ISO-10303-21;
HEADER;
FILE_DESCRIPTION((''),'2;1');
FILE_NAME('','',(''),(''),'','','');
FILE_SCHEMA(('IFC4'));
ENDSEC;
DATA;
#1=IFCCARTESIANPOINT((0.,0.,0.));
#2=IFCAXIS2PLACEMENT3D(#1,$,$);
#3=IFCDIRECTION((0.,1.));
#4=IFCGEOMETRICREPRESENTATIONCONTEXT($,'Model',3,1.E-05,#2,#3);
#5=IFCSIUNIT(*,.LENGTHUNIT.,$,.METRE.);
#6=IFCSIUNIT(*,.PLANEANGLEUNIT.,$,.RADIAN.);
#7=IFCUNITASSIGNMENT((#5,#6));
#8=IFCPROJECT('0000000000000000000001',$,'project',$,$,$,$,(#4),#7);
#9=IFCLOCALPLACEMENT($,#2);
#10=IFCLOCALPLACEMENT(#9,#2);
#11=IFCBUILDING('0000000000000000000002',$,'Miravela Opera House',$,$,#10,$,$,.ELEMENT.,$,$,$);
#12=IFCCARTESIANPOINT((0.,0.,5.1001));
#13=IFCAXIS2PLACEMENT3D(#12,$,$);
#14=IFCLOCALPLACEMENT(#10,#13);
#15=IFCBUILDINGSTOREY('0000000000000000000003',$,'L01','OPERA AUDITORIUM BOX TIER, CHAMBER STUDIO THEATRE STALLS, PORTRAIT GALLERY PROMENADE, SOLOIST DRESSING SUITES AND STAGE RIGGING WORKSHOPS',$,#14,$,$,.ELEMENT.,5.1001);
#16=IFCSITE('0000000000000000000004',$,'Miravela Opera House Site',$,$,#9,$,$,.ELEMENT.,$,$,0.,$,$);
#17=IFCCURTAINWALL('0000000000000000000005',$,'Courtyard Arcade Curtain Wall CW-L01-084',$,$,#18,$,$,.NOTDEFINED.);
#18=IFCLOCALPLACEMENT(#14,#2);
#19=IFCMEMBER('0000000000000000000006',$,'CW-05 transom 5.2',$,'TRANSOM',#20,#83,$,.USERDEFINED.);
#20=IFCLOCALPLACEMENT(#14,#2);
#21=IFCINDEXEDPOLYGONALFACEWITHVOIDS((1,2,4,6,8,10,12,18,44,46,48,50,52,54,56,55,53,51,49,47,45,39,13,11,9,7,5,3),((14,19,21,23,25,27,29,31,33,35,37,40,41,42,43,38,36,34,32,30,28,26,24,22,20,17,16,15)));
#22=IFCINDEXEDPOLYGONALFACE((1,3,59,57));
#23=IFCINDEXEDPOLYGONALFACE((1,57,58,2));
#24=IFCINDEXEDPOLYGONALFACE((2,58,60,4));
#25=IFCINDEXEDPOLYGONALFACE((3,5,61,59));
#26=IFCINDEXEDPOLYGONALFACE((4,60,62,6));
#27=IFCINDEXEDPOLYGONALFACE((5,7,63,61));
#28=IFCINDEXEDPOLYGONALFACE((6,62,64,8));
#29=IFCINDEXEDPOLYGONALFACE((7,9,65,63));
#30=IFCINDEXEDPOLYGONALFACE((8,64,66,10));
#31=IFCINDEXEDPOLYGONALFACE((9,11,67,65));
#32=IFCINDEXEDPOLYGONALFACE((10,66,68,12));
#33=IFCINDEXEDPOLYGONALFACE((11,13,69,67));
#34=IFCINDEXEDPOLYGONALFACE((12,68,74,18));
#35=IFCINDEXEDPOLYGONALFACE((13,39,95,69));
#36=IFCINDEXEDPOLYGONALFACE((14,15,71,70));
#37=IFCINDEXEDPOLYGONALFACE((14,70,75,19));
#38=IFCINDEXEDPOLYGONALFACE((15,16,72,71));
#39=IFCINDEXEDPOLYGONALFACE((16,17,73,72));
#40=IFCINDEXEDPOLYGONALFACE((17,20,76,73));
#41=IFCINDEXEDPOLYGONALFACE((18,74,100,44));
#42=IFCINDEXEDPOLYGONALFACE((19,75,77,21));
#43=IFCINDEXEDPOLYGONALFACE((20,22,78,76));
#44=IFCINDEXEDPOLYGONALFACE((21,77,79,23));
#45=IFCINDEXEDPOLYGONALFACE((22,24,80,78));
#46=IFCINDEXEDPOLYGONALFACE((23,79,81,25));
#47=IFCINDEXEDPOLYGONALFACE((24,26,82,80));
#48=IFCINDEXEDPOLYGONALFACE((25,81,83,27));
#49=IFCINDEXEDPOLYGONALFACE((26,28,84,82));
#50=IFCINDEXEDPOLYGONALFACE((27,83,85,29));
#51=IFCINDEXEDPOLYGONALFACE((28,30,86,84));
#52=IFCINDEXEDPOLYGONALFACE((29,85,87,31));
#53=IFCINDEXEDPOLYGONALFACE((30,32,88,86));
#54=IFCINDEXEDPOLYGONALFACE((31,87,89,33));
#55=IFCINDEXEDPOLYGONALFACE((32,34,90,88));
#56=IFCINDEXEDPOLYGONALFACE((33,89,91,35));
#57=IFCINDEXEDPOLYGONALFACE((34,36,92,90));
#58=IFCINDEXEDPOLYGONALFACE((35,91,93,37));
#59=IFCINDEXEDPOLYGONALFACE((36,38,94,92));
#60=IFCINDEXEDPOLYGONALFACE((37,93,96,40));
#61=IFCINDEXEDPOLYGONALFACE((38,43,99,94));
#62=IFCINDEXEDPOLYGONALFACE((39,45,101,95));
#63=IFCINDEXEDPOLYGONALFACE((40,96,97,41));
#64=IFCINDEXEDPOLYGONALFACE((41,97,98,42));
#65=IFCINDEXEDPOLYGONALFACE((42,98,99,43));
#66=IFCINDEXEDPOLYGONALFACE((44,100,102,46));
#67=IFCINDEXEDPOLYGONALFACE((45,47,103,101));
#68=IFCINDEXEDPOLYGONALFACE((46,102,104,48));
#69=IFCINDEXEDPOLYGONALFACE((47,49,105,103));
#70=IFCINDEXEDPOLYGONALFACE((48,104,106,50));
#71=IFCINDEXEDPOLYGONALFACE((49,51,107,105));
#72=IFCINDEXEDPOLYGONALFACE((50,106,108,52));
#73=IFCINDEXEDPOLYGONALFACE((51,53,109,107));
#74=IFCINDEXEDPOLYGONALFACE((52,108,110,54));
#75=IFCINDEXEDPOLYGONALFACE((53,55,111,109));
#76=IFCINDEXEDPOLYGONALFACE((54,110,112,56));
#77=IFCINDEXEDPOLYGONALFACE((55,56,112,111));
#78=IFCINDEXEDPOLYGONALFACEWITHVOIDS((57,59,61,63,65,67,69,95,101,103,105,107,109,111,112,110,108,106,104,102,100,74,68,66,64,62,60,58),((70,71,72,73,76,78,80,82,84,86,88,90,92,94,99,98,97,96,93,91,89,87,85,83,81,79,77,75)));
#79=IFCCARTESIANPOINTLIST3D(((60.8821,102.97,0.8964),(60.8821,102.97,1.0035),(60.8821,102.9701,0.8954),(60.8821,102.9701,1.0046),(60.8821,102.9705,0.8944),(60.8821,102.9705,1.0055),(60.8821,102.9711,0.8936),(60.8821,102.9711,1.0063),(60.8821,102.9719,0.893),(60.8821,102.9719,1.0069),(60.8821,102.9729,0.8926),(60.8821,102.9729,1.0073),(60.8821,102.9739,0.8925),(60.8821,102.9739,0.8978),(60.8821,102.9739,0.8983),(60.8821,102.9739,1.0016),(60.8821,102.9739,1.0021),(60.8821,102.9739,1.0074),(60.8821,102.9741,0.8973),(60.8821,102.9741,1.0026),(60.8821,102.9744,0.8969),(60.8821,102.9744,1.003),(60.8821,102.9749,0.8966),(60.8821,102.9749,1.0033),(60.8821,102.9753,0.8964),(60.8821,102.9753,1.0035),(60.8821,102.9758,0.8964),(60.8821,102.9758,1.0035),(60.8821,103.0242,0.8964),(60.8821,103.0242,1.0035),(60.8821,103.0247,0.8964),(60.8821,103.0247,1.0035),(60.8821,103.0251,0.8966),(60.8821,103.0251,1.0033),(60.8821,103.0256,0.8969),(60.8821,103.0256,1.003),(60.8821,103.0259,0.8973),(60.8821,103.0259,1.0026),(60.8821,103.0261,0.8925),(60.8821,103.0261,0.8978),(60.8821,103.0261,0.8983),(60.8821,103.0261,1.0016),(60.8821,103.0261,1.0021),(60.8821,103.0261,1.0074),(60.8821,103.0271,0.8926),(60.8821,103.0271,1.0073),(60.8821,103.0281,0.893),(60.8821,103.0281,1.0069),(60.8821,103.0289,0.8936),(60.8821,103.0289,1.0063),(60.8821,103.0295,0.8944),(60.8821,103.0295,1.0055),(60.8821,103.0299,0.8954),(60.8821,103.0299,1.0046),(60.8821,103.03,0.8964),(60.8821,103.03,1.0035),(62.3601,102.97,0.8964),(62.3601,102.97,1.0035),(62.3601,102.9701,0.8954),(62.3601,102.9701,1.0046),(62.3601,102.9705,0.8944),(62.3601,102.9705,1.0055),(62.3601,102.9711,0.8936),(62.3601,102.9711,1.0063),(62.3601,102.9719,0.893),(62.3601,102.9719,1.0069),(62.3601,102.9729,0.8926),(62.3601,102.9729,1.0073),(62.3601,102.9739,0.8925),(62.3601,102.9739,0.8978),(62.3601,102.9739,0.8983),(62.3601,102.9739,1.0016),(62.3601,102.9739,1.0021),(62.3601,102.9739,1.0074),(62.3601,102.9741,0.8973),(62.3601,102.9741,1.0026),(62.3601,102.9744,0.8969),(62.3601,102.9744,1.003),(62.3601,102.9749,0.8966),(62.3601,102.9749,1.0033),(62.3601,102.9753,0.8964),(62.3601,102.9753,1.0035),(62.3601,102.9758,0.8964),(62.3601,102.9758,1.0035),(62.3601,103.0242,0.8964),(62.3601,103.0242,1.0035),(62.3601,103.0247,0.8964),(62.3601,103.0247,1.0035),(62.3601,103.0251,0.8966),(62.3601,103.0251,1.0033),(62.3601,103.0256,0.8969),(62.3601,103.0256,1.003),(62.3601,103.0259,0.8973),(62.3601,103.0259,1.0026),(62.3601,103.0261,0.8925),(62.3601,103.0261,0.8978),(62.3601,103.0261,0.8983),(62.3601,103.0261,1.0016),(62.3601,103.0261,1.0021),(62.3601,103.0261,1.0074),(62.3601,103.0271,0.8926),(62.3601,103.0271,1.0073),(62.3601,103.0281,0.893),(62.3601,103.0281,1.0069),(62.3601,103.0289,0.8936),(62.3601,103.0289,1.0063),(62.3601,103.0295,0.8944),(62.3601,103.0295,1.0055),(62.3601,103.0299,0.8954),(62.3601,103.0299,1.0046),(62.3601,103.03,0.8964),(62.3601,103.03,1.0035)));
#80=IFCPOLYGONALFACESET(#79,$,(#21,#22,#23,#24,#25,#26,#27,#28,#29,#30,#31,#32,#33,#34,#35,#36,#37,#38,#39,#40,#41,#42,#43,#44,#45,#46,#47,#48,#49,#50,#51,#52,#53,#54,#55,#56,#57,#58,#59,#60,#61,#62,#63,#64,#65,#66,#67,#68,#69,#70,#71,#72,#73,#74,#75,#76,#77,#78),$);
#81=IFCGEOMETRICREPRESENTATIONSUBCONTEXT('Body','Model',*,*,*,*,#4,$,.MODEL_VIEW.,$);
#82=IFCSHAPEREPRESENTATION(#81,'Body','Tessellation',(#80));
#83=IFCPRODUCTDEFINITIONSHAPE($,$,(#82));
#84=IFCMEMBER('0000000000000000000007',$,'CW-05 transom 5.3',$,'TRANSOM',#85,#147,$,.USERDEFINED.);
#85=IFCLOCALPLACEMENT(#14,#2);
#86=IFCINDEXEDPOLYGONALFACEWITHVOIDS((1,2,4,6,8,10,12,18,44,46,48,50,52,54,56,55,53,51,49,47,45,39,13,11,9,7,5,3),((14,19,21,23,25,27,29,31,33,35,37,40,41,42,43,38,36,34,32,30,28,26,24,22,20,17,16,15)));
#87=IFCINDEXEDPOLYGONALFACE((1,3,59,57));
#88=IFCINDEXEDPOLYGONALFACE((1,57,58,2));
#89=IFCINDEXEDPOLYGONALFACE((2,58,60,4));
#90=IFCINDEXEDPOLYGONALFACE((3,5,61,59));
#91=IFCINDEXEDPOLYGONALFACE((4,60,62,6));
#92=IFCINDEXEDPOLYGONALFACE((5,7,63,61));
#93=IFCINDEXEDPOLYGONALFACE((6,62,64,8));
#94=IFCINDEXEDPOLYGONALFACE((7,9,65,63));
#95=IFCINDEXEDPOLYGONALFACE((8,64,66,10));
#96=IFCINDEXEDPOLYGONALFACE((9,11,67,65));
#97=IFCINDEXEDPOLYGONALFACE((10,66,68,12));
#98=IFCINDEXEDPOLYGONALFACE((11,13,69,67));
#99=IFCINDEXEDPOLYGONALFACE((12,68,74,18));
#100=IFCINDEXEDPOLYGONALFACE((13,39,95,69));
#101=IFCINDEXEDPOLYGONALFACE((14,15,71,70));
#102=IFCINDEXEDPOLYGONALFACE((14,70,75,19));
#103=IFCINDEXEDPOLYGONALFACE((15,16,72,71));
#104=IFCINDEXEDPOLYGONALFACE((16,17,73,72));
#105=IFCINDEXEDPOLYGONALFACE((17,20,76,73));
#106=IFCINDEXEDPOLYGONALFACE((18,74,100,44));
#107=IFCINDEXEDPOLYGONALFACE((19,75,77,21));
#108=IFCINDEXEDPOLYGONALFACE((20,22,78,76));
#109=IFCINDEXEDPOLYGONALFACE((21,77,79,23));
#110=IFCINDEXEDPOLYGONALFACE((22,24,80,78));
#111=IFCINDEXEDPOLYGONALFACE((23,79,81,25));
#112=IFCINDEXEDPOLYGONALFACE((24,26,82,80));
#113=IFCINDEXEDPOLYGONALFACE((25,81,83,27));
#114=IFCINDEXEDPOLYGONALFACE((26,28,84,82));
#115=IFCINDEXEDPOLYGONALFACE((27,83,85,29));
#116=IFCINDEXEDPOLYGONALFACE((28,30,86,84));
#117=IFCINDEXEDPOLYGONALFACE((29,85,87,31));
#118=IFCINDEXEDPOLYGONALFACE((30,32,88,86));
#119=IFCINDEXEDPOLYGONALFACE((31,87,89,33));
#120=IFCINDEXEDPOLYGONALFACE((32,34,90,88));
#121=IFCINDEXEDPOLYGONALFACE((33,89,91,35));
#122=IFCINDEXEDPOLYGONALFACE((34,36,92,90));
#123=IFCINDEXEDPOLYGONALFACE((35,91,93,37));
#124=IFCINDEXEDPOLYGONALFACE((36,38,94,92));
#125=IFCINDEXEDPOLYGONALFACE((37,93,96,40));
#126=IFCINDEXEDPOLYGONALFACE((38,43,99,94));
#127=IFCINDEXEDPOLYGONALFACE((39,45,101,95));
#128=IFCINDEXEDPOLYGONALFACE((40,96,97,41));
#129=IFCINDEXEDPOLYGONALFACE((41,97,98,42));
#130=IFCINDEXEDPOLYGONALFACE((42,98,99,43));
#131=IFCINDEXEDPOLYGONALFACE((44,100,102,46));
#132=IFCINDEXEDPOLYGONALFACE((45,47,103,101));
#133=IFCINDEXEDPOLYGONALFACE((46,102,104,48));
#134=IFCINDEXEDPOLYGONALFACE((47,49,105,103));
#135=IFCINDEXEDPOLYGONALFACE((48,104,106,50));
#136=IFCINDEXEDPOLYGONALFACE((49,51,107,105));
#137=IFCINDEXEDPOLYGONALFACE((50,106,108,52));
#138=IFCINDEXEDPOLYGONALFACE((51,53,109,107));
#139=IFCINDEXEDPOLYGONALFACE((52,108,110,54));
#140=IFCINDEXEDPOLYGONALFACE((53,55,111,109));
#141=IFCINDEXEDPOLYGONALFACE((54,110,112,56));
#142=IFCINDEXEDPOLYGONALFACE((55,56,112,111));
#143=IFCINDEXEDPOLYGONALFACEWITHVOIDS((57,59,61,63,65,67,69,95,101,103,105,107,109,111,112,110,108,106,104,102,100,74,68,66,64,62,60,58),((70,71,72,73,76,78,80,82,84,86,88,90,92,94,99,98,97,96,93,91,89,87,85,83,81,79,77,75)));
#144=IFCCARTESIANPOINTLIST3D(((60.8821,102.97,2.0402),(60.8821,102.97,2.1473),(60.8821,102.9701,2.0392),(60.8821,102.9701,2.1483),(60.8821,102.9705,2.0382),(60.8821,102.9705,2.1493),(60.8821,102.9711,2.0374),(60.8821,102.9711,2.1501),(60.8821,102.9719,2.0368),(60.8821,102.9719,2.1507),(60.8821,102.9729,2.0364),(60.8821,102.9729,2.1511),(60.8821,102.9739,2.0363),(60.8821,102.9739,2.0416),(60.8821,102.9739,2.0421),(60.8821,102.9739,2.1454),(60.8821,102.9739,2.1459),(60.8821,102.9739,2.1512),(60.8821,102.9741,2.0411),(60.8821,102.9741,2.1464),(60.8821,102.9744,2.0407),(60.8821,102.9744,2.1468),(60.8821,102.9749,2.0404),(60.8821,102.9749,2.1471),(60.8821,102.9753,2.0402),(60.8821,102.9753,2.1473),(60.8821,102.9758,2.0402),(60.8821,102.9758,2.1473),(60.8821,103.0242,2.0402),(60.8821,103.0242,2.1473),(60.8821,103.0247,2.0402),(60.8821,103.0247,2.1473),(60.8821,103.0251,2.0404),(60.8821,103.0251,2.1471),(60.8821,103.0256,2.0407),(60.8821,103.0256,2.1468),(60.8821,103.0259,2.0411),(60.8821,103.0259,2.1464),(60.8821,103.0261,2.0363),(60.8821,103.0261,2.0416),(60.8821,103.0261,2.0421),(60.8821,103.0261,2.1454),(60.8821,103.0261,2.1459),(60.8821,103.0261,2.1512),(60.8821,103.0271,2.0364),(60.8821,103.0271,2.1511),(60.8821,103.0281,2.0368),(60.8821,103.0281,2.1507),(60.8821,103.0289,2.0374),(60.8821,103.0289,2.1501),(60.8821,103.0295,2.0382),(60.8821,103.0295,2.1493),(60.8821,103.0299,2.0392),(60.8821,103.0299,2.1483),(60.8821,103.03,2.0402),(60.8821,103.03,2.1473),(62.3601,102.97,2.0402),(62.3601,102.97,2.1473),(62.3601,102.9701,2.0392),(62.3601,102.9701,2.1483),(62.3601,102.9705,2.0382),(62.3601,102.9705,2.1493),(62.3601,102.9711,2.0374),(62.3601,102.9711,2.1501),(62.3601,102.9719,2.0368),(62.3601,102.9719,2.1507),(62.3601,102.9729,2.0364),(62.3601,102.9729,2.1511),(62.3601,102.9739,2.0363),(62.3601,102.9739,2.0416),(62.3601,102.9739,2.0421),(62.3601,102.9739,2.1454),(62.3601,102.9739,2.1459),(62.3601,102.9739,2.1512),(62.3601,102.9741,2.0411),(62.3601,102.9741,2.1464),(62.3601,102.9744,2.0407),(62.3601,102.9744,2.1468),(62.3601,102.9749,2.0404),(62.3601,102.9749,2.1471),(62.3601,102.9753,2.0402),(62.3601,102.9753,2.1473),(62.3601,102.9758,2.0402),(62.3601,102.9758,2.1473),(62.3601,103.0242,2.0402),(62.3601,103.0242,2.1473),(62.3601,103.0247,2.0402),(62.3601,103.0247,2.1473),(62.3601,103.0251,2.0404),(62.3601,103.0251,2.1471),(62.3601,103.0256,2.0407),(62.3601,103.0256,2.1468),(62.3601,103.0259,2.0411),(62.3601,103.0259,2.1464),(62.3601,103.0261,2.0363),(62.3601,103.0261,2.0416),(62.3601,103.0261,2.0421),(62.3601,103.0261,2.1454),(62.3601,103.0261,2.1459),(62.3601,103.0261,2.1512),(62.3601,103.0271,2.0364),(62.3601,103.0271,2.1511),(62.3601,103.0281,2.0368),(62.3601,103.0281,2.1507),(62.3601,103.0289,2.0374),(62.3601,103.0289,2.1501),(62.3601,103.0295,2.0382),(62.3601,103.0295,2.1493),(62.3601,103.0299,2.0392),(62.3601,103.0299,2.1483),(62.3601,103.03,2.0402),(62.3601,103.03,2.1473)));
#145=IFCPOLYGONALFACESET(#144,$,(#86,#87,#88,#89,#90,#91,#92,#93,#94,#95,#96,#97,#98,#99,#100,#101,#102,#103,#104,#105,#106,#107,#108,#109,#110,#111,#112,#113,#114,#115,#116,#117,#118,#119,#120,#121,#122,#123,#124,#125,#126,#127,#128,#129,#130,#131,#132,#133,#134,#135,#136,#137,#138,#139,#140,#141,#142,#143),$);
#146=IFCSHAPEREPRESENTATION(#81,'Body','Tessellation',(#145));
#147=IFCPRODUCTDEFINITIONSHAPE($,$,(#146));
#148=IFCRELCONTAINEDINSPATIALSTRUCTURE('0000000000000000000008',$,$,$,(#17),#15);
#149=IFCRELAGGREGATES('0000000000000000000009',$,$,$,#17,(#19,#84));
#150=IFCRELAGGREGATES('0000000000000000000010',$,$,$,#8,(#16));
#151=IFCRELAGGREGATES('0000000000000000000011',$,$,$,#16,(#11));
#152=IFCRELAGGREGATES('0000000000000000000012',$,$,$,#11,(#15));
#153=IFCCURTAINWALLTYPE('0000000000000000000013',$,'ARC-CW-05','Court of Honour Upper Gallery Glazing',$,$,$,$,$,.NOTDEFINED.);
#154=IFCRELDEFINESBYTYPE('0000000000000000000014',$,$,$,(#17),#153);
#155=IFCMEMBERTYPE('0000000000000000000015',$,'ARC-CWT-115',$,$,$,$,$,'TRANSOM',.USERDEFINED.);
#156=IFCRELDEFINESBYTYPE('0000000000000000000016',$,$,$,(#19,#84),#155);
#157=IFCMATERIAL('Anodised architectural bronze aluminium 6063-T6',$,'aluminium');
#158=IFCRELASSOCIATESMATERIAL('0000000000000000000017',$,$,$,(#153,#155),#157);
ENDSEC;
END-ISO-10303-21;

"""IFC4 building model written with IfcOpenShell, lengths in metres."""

from ifc_helpers import new_model, si_unit, direction, frame, origin, origin_2d, place, context, subcontext, project, spatial, hollow_rectangle, extrude, material, material_profile, profile_set, type_object, element, aggregate, save


model = new_model("IFC4")

# Units and contexts
model_context = context("Model", 3, precision=1e-05, world=origin(), true_north=direction((0.0, 1.0)))
body_context = subcontext(model_context, "Body", "Model", "MODEL_VIEW")
ifc_project = project(units=[si_unit("LENGTHUNIT", "METRE"), si_unit("PLANEANGLEUNIT", "RADIAN")], contexts=[model_context])

# Site, building, storey
site_placement = place(None, origin())
site = spatial("IfcSite", under=ifc_project, at=site_placement, Name="Miravela Opera House Site", CompositionType="ELEMENT", RefElevation=0.0)
building_placement = place(site_placement, origin())
building = spatial("IfcBuilding", under=site, at=building_placement, Name="Miravela Opera House", CompositionType="ELEMENT")
storey_placement = place(building_placement, frame((0.0, 0.0, 5.1001)))
storey = spatial("IfcBuildingStorey", under=building, at=storey_placement, Name="L01", Description="OPERA AUDITORIUM BOX TIER, CHAMBER STUDIO THEATRE STALLS, PORTRAIT GALLERY PROMENADE, SOLOIST DRESSING SUITES AND STAGE RIGGING WORKSHOPS", CompositionType="ELEMENT", Elevation=5.1001)

# Curtain wall, members
ifc_material_1 = material(Name="Anodised architectural bronze aluminium 6063-T6", Category="aluminium")
curtain_wall_type = type_object("IfcCurtainWallType", Name="ARC-CW-05", Description="Court of Honour Upper Gallery Glazing", PredefinedType="NOTDEFINED", material=ifc_material_1)
curtain_wall_placement = place(storey_placement, origin())
curtain_wall = element("IfcCurtainWall", 1, at=curtain_wall_placement, inside=storey, type_object=curtain_wall_type, Name="Courtyard Arcade Curtain Wall CW-L01-084", PredefinedType="NOTDEFINED")
ifc_material_profile_1 = material_profile(ifc_material_1, hollow_rectangle(XDim=0.0601, YDim=0.115, WallThickness=0.0039, InnerFilletRadius=0.002, OuterFilletRadius=0.0039, at=origin_2d()), Name="CWT-60X115")
ifc_profile_set_1 = profile_set([ifc_material_profile_1])
member_type_1 = type_object("IfcMemberType", Name="ARC-CWT-115", ElementType="TRANSOM", PredefinedType="USERDEFINED", material=ifc_profile_set_1)
member_1_placement = place(storey_placement, frame((60.8821, 103.0, 0.95), z_axis=(1.0, 0.0, 0.0), x_axis=(0.0, 1.0, 0.0)))
member_1 = element("IfcMember", 2, at=member_1_placement, type_object=member_type_1, Name="CW-05 transom 5.2", ObjectType="TRANSOM", PredefinedType="USERDEFINED", context=body_context, shape_type="SweptSolid", body=[
    extrude(hollow_rectangle(XDim=0.0601, YDim=0.115, WallThickness=0.0039, InnerFilletRadius=0.002, OuterFilletRadius=0.0039, at=origin_2d()), origin(), (0.0, 0.0, 1.0), 1.478),
])
member_2_placement = place(storey_placement, frame((60.8821, 103.0, 2.0938), z_axis=(1.0, 0.0, 0.0), x_axis=(0.0, 1.0, 0.0)))
member_2 = element("IfcMember", 3, at=member_2_placement, type_object=member_type_1, Name="CW-05 transom 5.3", ObjectType="TRANSOM", PredefinedType="USERDEFINED", context=body_context, shape_type="SweptSolid", body=[
    extrude(hollow_rectangle(XDim=0.0601, YDim=0.115, WallThickness=0.0039, InnerFilletRadius=0.002, OuterFilletRadius=0.0039, at=origin_2d()), origin(), (0.0, 0.0, 1.0), 1.478),
])

aggregate(curtain_wall, [member_1, member_2])

save(model, "model.ifc")
